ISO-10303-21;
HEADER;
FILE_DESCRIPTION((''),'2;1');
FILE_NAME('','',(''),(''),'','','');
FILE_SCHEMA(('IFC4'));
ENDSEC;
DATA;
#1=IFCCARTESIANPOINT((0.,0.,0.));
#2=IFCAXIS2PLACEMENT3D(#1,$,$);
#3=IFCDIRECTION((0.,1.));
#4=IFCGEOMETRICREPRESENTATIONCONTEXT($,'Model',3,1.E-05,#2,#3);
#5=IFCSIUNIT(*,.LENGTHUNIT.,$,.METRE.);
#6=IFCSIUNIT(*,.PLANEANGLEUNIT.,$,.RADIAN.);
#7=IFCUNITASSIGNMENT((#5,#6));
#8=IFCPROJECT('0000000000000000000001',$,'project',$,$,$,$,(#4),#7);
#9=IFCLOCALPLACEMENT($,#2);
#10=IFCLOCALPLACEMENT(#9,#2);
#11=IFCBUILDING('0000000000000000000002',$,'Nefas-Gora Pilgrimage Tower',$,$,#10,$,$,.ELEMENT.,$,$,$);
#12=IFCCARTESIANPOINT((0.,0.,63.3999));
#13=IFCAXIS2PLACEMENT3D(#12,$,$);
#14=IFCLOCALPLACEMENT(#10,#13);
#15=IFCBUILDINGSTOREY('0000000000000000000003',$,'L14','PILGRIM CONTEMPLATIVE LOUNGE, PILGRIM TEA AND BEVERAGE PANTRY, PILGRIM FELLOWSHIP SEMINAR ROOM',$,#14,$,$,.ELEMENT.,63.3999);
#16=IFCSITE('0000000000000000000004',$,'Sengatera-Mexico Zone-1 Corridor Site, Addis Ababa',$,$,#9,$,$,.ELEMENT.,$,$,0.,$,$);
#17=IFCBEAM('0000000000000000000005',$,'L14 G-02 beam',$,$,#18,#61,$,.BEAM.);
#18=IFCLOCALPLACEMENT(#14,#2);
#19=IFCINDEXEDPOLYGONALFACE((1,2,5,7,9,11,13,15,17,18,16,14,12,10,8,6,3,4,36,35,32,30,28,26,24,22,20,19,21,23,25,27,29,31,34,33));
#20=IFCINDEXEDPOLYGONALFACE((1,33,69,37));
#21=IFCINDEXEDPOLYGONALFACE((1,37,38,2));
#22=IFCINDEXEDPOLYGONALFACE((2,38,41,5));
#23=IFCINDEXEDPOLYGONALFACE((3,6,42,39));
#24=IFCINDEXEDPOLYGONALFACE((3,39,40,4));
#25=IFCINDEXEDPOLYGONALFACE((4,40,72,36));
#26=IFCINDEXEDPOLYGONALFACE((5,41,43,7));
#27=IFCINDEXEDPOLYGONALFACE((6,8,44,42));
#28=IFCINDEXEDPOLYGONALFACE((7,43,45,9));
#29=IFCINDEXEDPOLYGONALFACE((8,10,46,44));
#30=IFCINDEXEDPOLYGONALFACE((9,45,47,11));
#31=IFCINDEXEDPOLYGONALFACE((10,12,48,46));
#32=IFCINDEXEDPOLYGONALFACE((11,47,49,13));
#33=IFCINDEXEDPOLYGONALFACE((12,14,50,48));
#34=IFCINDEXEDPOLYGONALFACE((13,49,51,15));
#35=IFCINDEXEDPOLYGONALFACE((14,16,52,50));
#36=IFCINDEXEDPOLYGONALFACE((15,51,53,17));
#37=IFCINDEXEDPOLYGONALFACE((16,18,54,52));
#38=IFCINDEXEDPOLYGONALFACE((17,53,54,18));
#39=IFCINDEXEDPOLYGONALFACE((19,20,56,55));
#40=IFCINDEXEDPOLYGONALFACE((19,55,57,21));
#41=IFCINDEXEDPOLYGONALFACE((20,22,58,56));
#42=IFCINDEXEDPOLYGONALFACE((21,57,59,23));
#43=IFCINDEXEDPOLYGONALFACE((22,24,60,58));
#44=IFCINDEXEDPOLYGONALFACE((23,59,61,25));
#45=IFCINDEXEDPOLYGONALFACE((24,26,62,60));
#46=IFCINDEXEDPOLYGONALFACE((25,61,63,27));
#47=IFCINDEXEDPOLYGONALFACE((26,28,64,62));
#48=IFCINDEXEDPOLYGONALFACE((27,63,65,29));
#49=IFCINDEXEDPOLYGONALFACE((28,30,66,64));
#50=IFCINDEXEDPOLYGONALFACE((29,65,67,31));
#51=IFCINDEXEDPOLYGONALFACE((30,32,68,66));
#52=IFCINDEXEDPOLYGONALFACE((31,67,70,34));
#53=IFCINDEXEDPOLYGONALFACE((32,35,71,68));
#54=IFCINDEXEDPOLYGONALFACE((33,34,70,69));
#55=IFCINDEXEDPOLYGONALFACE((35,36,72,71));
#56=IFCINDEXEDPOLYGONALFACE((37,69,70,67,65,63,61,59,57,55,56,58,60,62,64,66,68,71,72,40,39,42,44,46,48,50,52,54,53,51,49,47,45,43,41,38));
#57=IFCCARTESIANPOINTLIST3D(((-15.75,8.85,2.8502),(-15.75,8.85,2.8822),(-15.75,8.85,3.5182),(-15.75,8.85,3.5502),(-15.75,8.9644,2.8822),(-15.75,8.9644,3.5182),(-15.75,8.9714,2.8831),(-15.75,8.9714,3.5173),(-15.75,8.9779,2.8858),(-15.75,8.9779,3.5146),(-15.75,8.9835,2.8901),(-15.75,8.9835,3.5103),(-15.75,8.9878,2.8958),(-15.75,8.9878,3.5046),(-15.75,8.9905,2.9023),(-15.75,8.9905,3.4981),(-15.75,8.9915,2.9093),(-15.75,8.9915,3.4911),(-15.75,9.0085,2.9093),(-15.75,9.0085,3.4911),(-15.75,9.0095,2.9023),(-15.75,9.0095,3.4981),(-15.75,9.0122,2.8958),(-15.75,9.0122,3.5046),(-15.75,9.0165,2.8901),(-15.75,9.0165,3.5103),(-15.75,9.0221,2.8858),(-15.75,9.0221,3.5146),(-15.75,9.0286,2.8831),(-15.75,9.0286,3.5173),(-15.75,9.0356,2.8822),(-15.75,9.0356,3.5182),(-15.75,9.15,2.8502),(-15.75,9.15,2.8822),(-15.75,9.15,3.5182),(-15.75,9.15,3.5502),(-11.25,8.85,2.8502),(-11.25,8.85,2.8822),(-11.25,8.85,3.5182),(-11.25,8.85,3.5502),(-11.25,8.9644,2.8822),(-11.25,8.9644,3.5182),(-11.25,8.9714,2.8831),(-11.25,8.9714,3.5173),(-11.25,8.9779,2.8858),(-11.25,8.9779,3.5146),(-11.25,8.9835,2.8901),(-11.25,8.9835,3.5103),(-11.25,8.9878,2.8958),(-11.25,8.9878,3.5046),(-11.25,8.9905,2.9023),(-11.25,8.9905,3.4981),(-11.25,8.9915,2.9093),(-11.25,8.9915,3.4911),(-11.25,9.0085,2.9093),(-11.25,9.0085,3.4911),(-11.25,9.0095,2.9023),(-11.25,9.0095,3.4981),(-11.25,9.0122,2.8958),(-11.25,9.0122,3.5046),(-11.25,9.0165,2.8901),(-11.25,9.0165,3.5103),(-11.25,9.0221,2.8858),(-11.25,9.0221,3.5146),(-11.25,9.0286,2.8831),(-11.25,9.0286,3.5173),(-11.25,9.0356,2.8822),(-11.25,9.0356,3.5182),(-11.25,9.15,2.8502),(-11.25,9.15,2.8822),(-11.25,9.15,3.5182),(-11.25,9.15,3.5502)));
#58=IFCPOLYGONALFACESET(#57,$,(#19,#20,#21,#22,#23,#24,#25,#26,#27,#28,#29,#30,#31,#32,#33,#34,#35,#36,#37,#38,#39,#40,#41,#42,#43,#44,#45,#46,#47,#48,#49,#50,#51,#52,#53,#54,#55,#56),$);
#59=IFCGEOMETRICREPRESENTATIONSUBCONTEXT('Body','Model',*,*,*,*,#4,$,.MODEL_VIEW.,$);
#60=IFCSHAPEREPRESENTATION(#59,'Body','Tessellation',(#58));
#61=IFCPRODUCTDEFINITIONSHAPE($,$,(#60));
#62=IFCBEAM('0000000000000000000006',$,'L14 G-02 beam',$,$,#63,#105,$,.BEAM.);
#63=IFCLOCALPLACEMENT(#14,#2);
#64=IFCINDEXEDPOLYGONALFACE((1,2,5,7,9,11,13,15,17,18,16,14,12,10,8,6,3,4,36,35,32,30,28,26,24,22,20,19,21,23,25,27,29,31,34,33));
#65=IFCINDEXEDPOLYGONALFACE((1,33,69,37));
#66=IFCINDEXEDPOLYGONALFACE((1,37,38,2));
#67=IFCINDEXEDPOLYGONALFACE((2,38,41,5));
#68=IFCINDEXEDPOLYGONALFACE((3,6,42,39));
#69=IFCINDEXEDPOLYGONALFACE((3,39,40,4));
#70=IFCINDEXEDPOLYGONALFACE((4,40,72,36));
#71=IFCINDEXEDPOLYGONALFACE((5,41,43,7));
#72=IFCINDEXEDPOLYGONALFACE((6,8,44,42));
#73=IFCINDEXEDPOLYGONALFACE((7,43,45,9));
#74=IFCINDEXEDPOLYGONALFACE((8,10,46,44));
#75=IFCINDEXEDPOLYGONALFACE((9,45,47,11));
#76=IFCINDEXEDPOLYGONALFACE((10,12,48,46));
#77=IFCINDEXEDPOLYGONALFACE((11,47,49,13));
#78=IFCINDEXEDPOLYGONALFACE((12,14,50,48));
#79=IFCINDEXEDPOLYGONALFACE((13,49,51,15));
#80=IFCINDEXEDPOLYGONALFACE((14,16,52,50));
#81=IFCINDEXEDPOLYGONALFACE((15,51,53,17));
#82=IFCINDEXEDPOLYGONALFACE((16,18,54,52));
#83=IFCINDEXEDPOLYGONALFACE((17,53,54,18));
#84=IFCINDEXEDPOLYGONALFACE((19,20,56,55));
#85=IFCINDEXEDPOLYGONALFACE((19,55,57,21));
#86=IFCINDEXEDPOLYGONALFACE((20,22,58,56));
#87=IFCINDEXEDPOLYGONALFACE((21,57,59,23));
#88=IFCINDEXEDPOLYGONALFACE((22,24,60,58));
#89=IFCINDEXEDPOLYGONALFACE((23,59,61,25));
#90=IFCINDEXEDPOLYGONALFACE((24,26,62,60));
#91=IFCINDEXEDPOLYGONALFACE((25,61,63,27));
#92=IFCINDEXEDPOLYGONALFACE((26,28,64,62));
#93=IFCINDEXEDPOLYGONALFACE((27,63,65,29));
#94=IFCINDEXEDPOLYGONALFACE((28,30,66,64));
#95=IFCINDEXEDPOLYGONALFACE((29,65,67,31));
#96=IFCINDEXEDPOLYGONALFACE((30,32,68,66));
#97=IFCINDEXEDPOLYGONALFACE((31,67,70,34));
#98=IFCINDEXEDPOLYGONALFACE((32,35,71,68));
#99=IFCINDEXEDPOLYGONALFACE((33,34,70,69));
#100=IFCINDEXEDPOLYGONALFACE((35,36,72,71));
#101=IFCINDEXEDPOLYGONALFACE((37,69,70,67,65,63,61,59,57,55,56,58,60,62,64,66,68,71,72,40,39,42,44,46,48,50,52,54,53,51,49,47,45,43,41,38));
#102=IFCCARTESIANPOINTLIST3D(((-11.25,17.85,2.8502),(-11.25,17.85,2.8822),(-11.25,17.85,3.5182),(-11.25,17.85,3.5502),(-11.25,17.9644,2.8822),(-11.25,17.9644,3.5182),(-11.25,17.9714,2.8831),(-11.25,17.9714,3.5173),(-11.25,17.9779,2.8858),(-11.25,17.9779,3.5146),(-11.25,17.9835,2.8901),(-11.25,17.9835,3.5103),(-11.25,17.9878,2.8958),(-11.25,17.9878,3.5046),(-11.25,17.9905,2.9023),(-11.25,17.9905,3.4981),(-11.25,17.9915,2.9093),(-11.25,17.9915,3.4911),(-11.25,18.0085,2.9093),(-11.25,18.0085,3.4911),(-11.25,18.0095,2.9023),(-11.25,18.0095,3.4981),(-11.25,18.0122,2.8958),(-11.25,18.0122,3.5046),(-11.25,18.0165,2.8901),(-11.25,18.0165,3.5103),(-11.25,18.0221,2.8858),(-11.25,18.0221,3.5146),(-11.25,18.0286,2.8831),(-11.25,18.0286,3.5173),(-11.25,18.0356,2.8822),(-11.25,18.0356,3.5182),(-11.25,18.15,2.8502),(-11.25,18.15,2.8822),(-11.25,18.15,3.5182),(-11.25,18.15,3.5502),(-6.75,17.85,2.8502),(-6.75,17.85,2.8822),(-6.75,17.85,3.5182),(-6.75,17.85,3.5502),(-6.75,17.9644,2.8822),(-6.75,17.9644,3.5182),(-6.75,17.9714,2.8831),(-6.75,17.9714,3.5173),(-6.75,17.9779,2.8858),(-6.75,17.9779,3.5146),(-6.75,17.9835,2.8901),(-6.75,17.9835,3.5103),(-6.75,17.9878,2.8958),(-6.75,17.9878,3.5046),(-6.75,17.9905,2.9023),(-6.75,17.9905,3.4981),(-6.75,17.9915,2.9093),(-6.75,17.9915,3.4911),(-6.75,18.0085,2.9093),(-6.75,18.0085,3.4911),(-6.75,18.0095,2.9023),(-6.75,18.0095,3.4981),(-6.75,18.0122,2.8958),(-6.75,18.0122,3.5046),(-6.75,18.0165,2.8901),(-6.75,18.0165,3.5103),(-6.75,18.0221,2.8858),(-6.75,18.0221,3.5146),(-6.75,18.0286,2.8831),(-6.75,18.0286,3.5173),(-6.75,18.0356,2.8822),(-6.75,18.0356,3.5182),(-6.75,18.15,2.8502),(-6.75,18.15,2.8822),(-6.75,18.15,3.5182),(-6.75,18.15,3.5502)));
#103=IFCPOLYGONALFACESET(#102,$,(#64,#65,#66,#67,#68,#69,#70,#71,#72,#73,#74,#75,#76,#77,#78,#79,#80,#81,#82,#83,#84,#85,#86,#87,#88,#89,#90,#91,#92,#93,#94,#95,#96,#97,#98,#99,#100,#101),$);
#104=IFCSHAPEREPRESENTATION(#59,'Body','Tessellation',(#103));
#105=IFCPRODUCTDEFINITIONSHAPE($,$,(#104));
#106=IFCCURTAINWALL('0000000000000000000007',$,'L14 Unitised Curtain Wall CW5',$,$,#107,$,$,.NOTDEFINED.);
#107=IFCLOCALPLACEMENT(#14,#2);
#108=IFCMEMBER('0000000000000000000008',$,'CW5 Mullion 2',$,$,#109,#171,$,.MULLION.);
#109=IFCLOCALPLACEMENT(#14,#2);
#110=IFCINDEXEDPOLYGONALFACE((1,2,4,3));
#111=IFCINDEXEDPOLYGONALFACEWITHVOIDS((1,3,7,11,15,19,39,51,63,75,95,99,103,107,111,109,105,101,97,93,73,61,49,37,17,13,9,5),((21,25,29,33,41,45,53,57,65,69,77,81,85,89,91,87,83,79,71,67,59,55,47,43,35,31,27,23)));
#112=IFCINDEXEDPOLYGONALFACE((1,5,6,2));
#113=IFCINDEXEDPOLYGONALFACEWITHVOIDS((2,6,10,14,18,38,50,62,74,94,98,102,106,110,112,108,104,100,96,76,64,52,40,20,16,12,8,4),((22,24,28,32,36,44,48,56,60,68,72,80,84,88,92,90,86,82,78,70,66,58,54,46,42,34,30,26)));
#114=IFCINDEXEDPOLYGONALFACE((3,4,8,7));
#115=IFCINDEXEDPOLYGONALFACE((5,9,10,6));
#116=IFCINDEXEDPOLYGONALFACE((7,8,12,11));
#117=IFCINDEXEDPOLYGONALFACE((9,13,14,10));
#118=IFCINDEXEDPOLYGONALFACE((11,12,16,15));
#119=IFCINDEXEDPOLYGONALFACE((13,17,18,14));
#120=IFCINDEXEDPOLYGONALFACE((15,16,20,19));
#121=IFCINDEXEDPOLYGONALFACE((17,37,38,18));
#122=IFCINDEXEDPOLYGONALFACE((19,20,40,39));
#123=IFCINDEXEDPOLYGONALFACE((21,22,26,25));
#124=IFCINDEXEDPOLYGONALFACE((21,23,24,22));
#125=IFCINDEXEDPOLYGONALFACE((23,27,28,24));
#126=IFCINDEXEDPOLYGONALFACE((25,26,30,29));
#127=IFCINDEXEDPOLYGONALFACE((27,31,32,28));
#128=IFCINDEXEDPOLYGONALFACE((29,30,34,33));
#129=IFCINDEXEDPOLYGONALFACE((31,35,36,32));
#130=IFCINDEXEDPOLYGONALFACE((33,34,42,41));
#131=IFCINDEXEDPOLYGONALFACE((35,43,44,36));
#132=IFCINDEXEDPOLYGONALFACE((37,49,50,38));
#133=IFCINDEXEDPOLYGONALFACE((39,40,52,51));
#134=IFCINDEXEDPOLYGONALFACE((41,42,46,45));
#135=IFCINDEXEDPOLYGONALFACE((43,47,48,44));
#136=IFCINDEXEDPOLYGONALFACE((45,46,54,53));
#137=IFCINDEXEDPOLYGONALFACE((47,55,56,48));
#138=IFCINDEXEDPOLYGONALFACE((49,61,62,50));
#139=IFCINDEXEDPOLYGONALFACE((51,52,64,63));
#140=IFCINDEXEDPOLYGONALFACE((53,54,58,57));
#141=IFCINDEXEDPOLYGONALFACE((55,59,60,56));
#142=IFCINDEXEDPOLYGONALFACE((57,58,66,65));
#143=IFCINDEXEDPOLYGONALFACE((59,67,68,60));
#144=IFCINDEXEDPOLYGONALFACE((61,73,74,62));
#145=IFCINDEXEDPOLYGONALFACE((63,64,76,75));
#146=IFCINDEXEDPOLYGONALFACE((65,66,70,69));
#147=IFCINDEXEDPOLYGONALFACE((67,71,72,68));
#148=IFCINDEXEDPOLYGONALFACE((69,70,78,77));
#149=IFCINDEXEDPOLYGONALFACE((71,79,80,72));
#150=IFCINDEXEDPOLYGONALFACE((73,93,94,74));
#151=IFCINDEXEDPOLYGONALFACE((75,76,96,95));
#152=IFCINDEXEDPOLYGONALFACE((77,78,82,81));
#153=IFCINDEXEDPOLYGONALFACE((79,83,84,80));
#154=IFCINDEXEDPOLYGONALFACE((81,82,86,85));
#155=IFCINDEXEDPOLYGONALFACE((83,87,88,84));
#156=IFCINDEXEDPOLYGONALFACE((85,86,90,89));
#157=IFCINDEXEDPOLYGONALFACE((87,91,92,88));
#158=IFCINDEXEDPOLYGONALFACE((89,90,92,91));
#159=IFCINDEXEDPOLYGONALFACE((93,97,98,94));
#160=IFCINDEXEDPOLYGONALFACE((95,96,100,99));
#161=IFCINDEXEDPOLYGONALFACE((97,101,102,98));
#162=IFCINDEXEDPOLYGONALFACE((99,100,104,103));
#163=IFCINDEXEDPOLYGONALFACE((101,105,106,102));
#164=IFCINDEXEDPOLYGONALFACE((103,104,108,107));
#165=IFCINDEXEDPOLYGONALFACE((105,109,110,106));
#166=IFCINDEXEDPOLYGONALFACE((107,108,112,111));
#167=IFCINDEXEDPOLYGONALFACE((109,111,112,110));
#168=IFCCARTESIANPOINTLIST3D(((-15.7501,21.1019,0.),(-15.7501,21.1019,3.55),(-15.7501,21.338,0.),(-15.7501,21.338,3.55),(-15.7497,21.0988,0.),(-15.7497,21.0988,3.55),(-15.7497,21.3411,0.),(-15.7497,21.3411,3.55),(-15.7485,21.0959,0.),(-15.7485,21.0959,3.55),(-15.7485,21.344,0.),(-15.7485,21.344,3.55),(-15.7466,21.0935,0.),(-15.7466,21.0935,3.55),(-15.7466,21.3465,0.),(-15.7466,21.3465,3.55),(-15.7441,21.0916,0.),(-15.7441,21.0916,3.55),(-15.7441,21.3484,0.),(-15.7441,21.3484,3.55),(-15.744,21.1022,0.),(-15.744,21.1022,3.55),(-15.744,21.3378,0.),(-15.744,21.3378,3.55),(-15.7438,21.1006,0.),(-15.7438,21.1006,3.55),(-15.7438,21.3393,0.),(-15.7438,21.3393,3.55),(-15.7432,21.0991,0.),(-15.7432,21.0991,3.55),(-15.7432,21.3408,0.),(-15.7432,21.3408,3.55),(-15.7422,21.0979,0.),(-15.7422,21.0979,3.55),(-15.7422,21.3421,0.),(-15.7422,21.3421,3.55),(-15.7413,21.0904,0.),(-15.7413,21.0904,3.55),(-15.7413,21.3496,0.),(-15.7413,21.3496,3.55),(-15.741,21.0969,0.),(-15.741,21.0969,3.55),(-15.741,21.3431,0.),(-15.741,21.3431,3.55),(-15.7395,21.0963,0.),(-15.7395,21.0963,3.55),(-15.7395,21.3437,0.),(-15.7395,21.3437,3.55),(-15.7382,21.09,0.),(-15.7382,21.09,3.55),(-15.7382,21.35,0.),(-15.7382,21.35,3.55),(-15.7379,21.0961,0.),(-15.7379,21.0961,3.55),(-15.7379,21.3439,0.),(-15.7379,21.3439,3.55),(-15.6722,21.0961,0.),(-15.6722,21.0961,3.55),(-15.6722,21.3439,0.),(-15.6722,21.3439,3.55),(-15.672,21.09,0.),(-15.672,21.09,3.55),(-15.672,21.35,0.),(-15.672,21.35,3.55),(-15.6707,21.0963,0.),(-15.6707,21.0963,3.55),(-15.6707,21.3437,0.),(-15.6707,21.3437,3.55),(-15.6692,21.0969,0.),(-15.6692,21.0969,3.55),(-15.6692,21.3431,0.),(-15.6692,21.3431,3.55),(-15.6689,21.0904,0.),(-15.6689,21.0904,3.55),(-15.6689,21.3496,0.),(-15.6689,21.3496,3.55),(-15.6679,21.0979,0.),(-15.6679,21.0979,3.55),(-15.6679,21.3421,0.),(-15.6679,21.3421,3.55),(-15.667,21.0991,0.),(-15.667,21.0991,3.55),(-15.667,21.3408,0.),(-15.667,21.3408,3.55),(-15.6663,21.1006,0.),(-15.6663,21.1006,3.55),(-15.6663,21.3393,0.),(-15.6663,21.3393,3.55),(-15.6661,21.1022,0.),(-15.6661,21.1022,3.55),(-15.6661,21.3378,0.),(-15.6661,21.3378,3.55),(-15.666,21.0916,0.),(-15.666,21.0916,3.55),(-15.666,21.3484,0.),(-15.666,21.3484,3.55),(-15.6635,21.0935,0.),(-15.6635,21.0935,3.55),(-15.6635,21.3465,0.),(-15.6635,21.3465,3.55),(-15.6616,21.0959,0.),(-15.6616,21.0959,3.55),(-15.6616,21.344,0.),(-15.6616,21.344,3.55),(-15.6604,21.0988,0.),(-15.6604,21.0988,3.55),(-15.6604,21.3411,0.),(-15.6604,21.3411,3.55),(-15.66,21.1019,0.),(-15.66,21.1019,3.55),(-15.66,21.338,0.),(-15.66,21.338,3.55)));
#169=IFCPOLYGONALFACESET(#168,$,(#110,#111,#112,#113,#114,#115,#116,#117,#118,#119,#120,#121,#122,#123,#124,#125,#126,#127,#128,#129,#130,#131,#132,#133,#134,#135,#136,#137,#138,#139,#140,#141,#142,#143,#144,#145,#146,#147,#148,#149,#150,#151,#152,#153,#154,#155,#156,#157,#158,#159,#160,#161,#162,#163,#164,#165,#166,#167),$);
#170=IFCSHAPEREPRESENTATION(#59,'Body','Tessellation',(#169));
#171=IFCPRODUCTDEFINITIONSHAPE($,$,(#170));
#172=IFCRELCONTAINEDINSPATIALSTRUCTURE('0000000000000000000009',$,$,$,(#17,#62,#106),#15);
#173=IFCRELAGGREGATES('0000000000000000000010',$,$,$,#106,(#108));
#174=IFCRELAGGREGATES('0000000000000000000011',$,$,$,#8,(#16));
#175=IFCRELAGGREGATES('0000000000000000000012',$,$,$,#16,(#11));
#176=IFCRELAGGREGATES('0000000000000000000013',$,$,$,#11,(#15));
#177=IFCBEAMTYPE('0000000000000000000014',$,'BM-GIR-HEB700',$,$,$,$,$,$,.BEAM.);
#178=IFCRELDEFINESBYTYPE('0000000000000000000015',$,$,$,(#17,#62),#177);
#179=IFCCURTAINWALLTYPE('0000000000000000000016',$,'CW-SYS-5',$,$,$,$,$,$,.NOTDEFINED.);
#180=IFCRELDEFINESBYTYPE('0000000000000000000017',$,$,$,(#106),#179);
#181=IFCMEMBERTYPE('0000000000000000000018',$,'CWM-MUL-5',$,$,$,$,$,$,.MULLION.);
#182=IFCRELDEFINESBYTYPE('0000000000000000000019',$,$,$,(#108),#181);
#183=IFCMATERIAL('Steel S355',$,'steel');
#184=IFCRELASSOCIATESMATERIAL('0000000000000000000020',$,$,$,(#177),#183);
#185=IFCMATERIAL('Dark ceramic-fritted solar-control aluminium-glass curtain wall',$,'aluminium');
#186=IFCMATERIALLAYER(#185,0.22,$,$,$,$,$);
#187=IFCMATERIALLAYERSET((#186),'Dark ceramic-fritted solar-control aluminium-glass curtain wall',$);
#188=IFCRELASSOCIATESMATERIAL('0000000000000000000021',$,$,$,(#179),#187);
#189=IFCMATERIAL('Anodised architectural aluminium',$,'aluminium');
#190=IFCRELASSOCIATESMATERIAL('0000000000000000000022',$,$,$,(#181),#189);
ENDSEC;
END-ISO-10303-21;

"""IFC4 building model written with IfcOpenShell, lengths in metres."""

from ifc_helpers import new_model, si_unit, direction, frame, origin, origin_2d, place, context, subcontext, project, spatial, hollow_rectangle, i_section, extrude, source, transform, mapped, material, layer, layer_set, material_profile, profile_set, type_object, element, aggregate, save


model = new_model("IFC4")

# Units and contexts
model_context = context("Model", 3, precision=1e-05, world=origin(), true_north=direction((0.0, 1.0)))
body_context = subcontext(model_context, "Body", "Model", "MODEL_VIEW")
ifc_project = project(units=[si_unit("LENGTHUNIT", "METRE"), si_unit("PLANEANGLEUNIT", "RADIAN")], contexts=[model_context])

# Site, building, storey
site_placement = place(None, origin())
site = spatial("IfcSite", under=ifc_project, at=site_placement, Name="Sengatera-Mexico Zone-1 Corridor Site, Addis Ababa", CompositionType="ELEMENT", RefElevation=0.0)
building_placement = place(site_placement, origin())
building = spatial("IfcBuilding", under=site, at=building_placement, Name="Nefas-Gora Pilgrimage Tower", CompositionType="ELEMENT")
storey_placement = place(building_placement, frame((0.0, 0.0, 63.3999)))
storey = spatial("IfcBuildingStorey", under=building, at=storey_placement, Name="L14", Description="PILGRIM CONTEMPLATIVE LOUNGE, PILGRIM TEA AND BEVERAGE PANTRY, PILGRIM FELLOWSHIP SEMINAR ROOM", CompositionType="ELEMENT", Elevation=63.3999)

# Beams
ifc_material_1 = material(Name="Steel S355", Category="steel")
ifc_material_profile_1 = material_profile(ifc_material_1, i_section(OverallWidth=0.3, OverallDepth=0.7, WebThickness=0.0171, FlangeThickness=0.032, FilletRadius=0.0271, at=origin_2d()), Name="HEB 700")
ifc_profile_set_1 = profile_set([ifc_material_profile_1], Name="Steel S355")
beam_type_1 = type_object("IfcBeamType", Name="BM-GIR-HEB700", PredefinedType="BEAM", material=ifc_profile_set_1)
shared_shape_1 = source(origin(), body_context, "Body", "SweptSolid", [
    extrude(i_section(OverallWidth=0.3, OverallDepth=0.7, WebThickness=0.0171, FlangeThickness=0.032, FilletRadius=0.0271, at=origin_2d()), origin(), (0.0, 0.0, 1.0), 4.5),
])
for number, where, z_axis, x_axis, name in (
    (1, (-15.75, 9.0, 3.2002), (1.0, 0.0, 0.0), (0.0, 1.0, 0.0), "L14 G-02 beam"),
    (2, (-11.25, 18.0, 3.2002), (1.0, 0.0, 0.0), (0.0, 1.0, 0.0), "L14 G-02 beam"),
):
    element("IfcBeam", number, at=place(storey_placement, frame(where, z_axis=z_axis, x_axis=x_axis)), inside=storey, type_object=beam_type_1, Name=name, PredefinedType="BEAM", context=body_context, shape_type="MappedRepresentation", body=[
        mapped(shared_shape_1, transform((0.0, 0.0, 0.0), x_axis=(1.0, 0.0, 0.0), y_axis=(0.0, 1.0, 0.0), z_axis=(0.0, 0.0, 1.0), scale=1.0)),
    ])

# Curtain wall, member
ifc_material_2 = material(Name="Dark ceramic-fritted solar-control aluminium-glass curtain wall", Category="aluminium")
ifc_layer_1 = layer(ifc_material_2, 0.22)
ifc_layer_set_1 = layer_set([ifc_layer_1], Name="Dark ceramic-fritted solar-control aluminium-glass curtain wall")
curtain_wall_type_1 = type_object("IfcCurtainWallType", Name="CW-SYS-5", PredefinedType="NOTDEFINED", material=ifc_layer_set_1)
curtain_wall_1_placement = place(storey_placement, origin())
curtain_wall_1 = element("IfcCurtainWall", 3, at=curtain_wall_1_placement, inside=storey, type_object=curtain_wall_type_1, Name="L14 Unitised Curtain Wall CW5", PredefinedType="NOTDEFINED")
ifc_material_3 = material(Name="Anodised architectural aluminium", Category="aluminium")
ifc_material_profile_2 = material_profile(ifc_material_3, hollow_rectangle(XDim=0.0901, YDim=0.26, WallThickness=0.0061, InnerFilletRadius=0.0061, OuterFilletRadius=0.012, at=origin_2d()), Name="ALU MULLION 90x260")
ifc_profile_set_2 = profile_set([ifc_material_profile_2], Name="Anodised architectural aluminium")
member_type_1 = type_object("IfcMemberType", Name="CWM-MUL-5", PredefinedType="MULLION", material=ifc_profile_set_2)
shared_shape_2 = source(origin(), body_context, "Body", "SweptSolid", [
    extrude(hollow_rectangle(XDim=0.0901, YDim=0.26, WallThickness=0.0061, InnerFilletRadius=0.0061, OuterFilletRadius=0.012, at=origin_2d()), origin(), (0.0, 0.0, 1.0), 3.55),
])
member_1_placement = place(storey_placement, frame((-15.7051, 21.22, 0.0), z_axis=(0.0, 0.0, 1.0), x_axis=(-1.0, 0.0, 0.0)))
member_1 = element("IfcMember", 4, at=member_1_placement, type_object=member_type_1, Name="CW5 Mullion 2", PredefinedType="MULLION", context=body_context, shape_type="MappedRepresentation", body=[
    mapped(shared_shape_2, transform((0.0, 0.0, 0.0), x_axis=(1.0, 0.0, 0.0), y_axis=(0.0, 1.0, 0.0), z_axis=(0.0, 0.0, 1.0), scale=1.0)),
])

aggregate(curtain_wall_1, [member_1])

save(model, "model.ifc")
